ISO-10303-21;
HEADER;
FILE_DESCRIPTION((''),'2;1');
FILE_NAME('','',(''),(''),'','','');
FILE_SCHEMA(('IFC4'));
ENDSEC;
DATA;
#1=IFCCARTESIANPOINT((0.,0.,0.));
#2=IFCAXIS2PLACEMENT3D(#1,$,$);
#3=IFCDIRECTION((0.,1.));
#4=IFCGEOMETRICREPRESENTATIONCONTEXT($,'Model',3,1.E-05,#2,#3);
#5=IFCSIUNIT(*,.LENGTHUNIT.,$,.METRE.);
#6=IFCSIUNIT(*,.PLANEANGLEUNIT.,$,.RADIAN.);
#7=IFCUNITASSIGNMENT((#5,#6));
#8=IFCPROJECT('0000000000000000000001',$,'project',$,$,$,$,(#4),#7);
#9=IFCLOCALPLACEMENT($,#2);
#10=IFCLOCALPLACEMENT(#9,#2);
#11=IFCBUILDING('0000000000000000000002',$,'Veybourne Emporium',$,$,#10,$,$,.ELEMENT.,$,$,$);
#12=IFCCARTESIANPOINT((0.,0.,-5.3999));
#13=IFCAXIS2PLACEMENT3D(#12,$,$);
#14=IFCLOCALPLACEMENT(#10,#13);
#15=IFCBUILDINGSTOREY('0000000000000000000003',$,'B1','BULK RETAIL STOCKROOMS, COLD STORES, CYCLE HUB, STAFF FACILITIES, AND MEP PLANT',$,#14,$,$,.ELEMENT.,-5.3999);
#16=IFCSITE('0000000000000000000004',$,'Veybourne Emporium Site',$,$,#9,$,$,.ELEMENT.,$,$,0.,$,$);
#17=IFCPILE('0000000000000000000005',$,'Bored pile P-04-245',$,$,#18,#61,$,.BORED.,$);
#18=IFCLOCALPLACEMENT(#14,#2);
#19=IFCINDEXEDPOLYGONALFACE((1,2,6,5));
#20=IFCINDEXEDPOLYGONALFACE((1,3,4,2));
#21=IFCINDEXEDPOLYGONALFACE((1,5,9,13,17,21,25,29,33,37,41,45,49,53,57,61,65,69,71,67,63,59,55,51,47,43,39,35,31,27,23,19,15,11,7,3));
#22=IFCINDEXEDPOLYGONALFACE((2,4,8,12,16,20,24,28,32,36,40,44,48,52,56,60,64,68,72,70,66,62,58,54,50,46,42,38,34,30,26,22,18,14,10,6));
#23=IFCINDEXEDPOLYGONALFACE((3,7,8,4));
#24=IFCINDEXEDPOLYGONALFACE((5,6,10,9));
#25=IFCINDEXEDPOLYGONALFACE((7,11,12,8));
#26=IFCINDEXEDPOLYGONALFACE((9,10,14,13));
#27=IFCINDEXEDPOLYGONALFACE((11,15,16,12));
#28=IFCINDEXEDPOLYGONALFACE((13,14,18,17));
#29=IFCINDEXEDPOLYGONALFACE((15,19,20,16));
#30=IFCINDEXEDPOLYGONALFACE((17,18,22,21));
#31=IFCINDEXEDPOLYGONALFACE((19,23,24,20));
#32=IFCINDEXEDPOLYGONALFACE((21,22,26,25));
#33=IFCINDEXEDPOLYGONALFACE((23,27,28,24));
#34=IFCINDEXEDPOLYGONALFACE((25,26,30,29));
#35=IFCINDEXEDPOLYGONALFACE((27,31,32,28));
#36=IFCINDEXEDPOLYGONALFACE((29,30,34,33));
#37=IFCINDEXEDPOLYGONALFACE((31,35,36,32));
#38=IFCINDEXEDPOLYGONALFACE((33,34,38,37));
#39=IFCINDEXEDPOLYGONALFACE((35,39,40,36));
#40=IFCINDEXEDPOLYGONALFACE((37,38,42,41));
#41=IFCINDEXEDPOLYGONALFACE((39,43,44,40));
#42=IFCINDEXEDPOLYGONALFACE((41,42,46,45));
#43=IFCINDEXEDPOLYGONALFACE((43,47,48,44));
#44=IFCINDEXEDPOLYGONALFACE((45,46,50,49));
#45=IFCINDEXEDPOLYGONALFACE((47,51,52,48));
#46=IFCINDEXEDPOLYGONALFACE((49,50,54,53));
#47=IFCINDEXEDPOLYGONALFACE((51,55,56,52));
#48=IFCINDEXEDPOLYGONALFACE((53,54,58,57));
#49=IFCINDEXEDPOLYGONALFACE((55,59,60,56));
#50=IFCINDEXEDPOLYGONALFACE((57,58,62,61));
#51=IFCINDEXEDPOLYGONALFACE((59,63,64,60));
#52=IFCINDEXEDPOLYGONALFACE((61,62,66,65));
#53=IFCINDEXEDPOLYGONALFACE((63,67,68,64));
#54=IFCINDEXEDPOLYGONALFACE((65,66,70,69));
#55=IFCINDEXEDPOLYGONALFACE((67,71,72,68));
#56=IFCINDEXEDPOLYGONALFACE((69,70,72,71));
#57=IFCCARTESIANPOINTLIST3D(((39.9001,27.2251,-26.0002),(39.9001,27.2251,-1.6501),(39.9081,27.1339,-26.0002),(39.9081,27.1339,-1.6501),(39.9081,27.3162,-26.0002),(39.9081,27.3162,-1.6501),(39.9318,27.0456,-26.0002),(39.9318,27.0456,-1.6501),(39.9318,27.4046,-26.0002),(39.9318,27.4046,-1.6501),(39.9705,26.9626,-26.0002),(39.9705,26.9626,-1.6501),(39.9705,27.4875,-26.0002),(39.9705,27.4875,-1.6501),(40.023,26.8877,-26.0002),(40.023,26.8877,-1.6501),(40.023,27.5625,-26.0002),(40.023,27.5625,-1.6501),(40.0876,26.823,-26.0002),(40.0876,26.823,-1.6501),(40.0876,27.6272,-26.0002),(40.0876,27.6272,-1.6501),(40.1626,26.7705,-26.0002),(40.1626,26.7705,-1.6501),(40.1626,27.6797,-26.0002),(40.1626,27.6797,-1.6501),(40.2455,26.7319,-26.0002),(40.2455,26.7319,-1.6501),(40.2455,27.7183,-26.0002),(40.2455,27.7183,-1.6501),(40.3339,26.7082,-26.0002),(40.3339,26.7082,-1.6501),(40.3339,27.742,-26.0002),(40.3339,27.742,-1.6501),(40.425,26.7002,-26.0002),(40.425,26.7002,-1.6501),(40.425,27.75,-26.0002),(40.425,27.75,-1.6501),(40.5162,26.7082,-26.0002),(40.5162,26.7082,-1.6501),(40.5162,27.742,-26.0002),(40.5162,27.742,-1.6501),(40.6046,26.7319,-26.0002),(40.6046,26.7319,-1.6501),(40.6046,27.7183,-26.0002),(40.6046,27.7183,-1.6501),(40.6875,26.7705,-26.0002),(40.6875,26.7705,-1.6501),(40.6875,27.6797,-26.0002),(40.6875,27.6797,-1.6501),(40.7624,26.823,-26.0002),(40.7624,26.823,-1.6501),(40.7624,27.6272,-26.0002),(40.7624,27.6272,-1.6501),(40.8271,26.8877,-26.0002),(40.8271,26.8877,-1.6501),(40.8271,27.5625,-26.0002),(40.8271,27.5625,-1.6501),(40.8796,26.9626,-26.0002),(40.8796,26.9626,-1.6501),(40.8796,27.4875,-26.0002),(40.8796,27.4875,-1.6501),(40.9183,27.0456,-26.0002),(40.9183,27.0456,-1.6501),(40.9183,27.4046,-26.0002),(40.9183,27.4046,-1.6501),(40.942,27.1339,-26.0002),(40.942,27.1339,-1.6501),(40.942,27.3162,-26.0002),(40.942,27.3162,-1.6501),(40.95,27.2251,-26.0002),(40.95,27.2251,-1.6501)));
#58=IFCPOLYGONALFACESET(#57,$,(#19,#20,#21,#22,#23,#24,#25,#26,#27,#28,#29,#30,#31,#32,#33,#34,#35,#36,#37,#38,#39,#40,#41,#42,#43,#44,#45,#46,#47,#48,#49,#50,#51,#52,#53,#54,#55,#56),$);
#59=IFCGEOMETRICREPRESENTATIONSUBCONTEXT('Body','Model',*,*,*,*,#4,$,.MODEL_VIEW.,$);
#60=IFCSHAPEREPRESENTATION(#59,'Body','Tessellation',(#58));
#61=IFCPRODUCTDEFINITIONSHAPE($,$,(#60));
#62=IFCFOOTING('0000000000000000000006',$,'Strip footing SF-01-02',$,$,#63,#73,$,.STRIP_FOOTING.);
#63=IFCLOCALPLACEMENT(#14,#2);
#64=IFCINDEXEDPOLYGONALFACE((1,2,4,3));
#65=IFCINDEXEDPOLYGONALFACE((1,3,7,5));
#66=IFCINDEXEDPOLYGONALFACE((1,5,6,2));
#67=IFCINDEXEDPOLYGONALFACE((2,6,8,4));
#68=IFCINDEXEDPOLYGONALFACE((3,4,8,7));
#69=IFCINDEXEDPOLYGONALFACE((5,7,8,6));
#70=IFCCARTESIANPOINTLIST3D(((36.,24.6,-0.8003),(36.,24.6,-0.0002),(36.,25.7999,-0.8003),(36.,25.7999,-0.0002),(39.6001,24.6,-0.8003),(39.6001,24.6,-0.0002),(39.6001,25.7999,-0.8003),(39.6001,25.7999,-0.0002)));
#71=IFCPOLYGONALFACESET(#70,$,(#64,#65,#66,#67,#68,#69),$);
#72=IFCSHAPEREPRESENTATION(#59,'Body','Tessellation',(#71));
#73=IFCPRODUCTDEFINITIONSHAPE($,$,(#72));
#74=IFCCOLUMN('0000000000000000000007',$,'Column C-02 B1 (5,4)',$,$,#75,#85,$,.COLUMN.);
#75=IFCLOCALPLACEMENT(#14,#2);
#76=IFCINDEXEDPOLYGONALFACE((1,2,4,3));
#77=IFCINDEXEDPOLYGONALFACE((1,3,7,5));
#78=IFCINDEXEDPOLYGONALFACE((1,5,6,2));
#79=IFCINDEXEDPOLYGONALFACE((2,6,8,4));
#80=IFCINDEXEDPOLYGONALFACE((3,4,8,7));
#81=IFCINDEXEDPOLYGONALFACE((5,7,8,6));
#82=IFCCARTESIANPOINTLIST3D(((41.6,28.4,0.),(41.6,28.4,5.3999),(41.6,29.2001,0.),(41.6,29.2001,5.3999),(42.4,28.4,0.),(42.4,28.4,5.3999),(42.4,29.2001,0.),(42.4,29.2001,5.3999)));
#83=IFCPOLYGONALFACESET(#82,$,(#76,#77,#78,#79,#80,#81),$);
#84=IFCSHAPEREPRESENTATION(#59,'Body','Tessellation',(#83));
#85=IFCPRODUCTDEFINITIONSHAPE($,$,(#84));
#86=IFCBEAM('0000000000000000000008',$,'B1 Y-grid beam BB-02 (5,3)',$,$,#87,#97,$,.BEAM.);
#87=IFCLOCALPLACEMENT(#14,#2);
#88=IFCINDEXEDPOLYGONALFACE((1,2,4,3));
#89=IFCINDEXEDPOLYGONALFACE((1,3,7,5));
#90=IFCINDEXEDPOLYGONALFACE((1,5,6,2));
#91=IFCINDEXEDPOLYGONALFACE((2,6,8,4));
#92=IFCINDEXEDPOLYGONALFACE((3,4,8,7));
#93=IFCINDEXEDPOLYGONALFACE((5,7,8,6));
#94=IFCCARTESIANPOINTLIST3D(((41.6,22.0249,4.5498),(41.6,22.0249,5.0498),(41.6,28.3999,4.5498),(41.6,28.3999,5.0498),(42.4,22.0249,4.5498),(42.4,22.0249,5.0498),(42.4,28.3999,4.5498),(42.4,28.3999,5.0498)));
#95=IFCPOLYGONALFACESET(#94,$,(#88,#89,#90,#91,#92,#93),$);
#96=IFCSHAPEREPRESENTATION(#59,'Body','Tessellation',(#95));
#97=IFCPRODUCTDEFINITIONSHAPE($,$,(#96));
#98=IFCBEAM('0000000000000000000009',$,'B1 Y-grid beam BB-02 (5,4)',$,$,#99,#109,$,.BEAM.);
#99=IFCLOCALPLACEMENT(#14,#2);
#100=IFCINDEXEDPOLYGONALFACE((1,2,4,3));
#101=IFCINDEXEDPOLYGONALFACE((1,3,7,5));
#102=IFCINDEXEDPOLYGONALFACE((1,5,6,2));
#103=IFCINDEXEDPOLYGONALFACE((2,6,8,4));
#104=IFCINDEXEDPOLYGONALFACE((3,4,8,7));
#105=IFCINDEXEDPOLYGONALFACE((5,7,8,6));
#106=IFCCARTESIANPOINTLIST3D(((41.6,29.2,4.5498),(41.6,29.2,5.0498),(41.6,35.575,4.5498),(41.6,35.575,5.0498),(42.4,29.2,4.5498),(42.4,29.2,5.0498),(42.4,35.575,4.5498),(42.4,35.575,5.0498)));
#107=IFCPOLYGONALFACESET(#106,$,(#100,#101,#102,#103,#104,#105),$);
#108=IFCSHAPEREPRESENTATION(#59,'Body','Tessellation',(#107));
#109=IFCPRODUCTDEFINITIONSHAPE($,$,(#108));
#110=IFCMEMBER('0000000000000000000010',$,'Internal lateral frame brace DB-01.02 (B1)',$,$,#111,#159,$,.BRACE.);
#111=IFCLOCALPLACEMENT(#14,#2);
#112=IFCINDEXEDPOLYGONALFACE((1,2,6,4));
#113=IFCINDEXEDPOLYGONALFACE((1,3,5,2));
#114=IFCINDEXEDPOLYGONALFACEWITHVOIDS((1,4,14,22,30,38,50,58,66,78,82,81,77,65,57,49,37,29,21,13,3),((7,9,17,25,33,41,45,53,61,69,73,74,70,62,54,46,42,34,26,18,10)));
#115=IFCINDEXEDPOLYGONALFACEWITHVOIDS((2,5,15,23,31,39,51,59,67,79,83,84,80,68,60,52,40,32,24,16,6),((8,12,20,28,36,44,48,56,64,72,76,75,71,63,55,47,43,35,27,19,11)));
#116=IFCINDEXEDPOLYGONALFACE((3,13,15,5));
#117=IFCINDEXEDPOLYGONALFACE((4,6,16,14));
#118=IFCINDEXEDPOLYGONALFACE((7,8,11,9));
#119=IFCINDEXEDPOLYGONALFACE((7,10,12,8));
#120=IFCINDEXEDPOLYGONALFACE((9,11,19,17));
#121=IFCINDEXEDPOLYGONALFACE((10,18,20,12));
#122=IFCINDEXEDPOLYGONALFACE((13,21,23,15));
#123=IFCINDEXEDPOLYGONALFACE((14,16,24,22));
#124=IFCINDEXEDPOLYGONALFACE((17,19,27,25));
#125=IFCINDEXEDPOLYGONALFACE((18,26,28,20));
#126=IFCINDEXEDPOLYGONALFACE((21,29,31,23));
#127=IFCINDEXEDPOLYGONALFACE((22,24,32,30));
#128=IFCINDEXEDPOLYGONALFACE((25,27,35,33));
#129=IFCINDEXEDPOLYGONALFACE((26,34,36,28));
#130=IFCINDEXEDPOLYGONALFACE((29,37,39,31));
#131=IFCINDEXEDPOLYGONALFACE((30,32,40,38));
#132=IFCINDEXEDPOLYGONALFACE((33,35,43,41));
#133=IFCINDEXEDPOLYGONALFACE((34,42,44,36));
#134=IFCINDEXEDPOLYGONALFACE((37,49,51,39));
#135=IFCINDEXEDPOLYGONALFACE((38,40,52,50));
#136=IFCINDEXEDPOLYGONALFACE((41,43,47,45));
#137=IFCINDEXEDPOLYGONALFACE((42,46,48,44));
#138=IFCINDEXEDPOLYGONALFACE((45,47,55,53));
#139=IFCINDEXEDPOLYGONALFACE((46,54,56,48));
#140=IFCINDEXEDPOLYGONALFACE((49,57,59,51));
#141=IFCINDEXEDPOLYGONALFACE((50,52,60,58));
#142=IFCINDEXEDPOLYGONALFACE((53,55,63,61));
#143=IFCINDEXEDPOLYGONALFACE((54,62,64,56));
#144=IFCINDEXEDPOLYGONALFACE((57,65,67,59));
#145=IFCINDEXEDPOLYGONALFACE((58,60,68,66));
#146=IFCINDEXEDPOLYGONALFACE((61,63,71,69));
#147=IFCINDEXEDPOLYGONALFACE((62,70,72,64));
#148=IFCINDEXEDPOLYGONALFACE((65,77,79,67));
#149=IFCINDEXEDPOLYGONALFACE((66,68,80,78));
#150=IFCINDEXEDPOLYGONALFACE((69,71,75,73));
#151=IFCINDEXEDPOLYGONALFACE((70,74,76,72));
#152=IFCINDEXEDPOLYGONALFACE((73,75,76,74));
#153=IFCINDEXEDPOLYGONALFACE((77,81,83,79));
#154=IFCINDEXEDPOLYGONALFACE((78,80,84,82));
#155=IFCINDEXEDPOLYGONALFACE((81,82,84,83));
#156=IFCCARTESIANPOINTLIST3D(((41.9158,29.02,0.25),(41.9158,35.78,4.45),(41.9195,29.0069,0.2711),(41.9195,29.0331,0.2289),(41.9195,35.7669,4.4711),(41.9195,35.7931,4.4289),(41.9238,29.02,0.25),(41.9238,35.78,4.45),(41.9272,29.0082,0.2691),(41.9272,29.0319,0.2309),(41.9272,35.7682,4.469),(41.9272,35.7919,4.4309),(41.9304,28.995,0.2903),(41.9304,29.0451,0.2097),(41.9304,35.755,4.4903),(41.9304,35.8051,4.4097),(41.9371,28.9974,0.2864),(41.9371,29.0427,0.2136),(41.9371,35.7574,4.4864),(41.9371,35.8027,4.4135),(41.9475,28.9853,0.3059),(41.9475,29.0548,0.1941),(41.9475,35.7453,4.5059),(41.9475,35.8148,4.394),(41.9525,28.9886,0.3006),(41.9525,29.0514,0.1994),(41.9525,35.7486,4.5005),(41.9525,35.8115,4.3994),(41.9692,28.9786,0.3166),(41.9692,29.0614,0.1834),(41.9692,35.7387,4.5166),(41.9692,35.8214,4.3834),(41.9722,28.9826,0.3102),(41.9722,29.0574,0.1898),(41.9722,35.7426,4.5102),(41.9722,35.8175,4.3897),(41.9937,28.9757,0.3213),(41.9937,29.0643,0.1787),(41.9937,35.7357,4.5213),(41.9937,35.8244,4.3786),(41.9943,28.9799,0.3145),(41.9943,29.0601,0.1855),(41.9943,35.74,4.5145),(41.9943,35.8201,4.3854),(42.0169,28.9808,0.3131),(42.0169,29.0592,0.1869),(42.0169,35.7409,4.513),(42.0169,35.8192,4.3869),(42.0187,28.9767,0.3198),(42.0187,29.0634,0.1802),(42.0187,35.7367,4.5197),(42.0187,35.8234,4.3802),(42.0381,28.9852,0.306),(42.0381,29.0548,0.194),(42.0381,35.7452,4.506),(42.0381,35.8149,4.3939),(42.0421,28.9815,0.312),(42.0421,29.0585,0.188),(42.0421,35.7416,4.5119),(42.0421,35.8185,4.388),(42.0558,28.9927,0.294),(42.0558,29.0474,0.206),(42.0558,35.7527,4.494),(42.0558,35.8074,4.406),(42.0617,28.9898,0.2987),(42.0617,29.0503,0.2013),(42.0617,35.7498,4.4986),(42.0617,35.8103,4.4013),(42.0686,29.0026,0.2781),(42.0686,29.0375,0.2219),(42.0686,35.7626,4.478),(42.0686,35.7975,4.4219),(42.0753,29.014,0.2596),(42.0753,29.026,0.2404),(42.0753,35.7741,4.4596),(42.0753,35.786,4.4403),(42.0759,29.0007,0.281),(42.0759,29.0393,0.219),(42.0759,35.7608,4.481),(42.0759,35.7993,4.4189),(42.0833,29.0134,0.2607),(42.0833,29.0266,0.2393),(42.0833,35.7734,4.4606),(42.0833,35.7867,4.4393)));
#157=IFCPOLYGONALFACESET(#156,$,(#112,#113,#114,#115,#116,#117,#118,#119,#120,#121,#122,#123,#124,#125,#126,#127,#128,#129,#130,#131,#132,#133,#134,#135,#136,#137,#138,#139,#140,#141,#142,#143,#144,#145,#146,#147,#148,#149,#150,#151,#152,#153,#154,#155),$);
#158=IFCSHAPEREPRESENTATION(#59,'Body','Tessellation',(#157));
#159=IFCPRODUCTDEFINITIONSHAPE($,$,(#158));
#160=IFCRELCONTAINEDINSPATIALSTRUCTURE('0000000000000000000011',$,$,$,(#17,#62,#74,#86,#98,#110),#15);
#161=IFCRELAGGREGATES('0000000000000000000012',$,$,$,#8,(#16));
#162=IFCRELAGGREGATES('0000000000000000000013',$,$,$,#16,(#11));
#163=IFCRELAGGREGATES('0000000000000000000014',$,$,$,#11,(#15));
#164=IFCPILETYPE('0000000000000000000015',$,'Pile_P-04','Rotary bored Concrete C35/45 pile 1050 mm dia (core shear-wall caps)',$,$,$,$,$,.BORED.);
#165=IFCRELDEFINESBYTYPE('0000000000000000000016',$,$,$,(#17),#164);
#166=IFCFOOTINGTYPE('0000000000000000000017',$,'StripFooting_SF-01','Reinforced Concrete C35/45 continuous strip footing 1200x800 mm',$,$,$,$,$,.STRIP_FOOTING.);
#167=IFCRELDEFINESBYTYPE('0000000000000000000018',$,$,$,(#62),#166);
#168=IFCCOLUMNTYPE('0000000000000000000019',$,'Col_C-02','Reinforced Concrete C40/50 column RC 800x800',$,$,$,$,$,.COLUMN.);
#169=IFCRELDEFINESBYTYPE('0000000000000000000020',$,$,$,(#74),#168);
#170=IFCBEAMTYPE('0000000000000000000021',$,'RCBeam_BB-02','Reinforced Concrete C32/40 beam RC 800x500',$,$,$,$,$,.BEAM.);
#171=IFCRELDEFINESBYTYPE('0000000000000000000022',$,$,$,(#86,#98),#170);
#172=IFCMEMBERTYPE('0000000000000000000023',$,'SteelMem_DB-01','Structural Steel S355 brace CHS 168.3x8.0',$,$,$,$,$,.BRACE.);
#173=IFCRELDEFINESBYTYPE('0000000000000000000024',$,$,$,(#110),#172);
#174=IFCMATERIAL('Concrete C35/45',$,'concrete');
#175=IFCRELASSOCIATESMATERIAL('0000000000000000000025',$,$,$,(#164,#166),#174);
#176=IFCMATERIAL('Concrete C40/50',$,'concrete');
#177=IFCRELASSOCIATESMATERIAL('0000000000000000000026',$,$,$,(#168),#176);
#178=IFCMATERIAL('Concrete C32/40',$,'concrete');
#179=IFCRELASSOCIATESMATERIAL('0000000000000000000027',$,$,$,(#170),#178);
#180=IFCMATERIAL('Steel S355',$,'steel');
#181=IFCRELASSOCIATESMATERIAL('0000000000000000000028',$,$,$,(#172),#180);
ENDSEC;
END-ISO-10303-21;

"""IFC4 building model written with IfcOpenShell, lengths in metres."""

from ifc_helpers import new_model, si_unit, direction, frame, origin, origin_2d, place, context, subcontext, project, spatial, rectangle, circle, hollow_circle, extrude, material, material_profile, profile_set, type_object, element, save


model = new_model("IFC4")

# Units and contexts
model_context = context("Model", 3, precision=1e-05, world=origin(), true_north=direction((0.0, 1.0)))
body_context = subcontext(model_context, "Body", "Model", "MODEL_VIEW")
ifc_project = project(units=[si_unit("LENGTHUNIT", "METRE"), si_unit("PLANEANGLEUNIT", "RADIAN")], contexts=[model_context])

# Site, building, storey
site_placement = place(None, origin())
site = spatial("IfcSite", under=ifc_project, at=site_placement, Name="Veybourne Emporium Site", CompositionType="ELEMENT", RefElevation=0.0)
building_placement = place(site_placement, origin())
building = spatial("IfcBuilding", under=site, at=building_placement, Name="Veybourne Emporium", CompositionType="ELEMENT")
storey_placement = place(building_placement, frame((0.0, 0.0, -5.3999)))
storey = spatial("IfcBuildingStorey", under=building, at=storey_placement, Name="B1", Description="BULK RETAIL STOCKROOMS, COLD STORES, CYCLE HUB, STAFF FACILITIES, AND MEP PLANT", CompositionType="ELEMENT", Elevation=-5.3999)

# Shared definitions
ifc_material_1 = material(Name="Concrete C35/45", Category="concrete")

# Pile
ifc_material_profile_1 = material_profile(ifc_material_1, circle(Radius=0.5249, at=origin_2d()), Name="BORED PILE 1050")
ifc_profile_set_1 = profile_set([ifc_material_profile_1], Name="Concrete C35/45")
pile_type_1 = type_object("IfcPileType", Name="Pile_P-04", Description="Rotary bored Concrete C35/45 pile 1050 mm dia (core shear-wall caps)", PredefinedType="BORED", material=ifc_profile_set_1)
for number, where, z_axis, x_axis, name in (
    (1, (40.425, 27.2251, -1.6501), (0.0, 0.0, -1.0), (1.0, 0.0, 0.0), "Bored pile P-04-245"),
):
    element("IfcPile", number, at=place(storey_placement, frame(where, z_axis=z_axis, x_axis=x_axis)), inside=storey, type_object=pile_type_1, Name=name, PredefinedType="BORED", context=body_context, shape_type="SweptSolid", body=[
        extrude(circle(Radius=0.5249, at=origin_2d()), origin(), (0.0, 0.0, 1.0), 24.3501),
    ])

# Footing
footing_type_1 = type_object("IfcFootingType", Name="StripFooting_SF-01", Description="Reinforced Concrete C35/45 continuous strip footing 1200x800 mm", PredefinedType="STRIP_FOOTING", material=ifc_material_1)
footing_1_placement = place(storey_placement, frame((37.8, 25.2, -0.8003), z_axis=(0.0, 0.0, 1.0), x_axis=(1.0, 0.0, 0.0)))
element("IfcFooting", 2, at=footing_1_placement, inside=storey, type_object=footing_type_1, Name="Strip footing SF-01-02", PredefinedType="STRIP_FOOTING", context=body_context, shape_type="SweptSolid", body=[
    extrude(rectangle(XDim=3.6001, YDim=1.2, at=origin_2d()), origin(), (0.0, 0.0, 1.0), 0.8),
])

# Column
ifc_material_2 = material(Name="Concrete C40/50", Category="concrete")
ifc_material_profile_2 = material_profile(ifc_material_2, rectangle(XDim=0.8, YDim=0.8, at=origin_2d()), Name="RC 800x800")
ifc_profile_set_2 = profile_set([ifc_material_profile_2], Name="Concrete C40/50")
column_type = type_object("IfcColumnType", Name="Col_C-02", Description="Reinforced Concrete C40/50 column RC 800x800", PredefinedType="COLUMN", material=ifc_profile_set_2)
column_placement = place(storey_placement, frame((42.0, 28.8, 0.0), z_axis=(0.0, 0.0, 1.0), x_axis=(1.0, 0.0, 0.0)))
element("IfcColumn", 3, at=column_placement, inside=storey, type_object=column_type, Name="Column C-02 B1 (5,4)", PredefinedType="COLUMN", context=body_context, shape_type="SweptSolid", body=[
    extrude(rectangle(XDim=0.8, YDim=0.8, at=origin_2d()), origin(), (0.0, 0.0, 1.0), 5.3999),
])

# Beams
ifc_material_3 = material(Name="Concrete C32/40", Category="concrete")
ifc_material_profile_3 = material_profile(ifc_material_3, rectangle(XDim=0.8, YDim=0.5, at=origin_2d()), Name="RC 800x500")
ifc_profile_set_3 = profile_set([ifc_material_profile_3], Name="Concrete C32/40")
beam_type = type_object("IfcBeamType", Name="RCBeam_BB-02", Description="Reinforced Concrete C32/40 beam RC 800x500", PredefinedType="BEAM", material=ifc_profile_set_3)
for number, where, z_axis, x_axis, name in (
    (4, (42.0, 22.0249, 4.7998), (0.0, 1.0, 0.0), (-1.0, 0.0, 0.0), "B1 Y-grid beam BB-02 (5,3)"),
    (5, (42.0, 29.2, 4.7998), (0.0, 1.0, 0.0), (-1.0, 0.0, 0.0), "B1 Y-grid beam BB-02 (5,4)"),
):
    element("IfcBeam", number, at=place(storey_placement, frame(where, z_axis=z_axis, x_axis=x_axis)), inside=storey, type_object=beam_type, Name=name, PredefinedType="BEAM", context=body_context, shape_type="SweptSolid", body=[
        extrude(rectangle(XDim=0.8, YDim=0.5, at=origin_2d()), origin(), (0.0, 0.0, 1.0), 6.375),
    ])

# Member
ifc_material_4 = material(Name="Steel S355", Category="steel")
ifc_material_profile_4 = material_profile(ifc_material_4, hollow_circle(Radius=0.0842, WallThickness=0.0081, at=origin_2d()), Name="CHS 168.3x8.0")
ifc_profile_set_4 = profile_set([ifc_material_profile_4], Name="Steel S355")
member_type = type_object("IfcMemberType", Name="SteelMem_DB-01", Description="Structural Steel S355 brace CHS 168.3x8.0", PredefinedType="BRACE", material=ifc_profile_set_4)
member_placement = place(storey_placement, frame((42.0, 29.02, 0.25), z_axis=(0.0, 0.84941, 0.527733), x_axis=(-1.0, 0.0, 0.0)))
element("IfcMember", 6, at=member_placement, inside=storey, type_object=member_type, Name="Internal lateral frame brace DB-01.02 (B1)", PredefinedType="BRACE", context=body_context, shape_type="SweptSolid", body=[
    extrude(hollow_circle(Radius=0.0842, WallThickness=0.0081, at=origin_2d()), origin(), (0.0, 0.0, 1.0), 7.9585),
])

save(model, "model.ifc")
